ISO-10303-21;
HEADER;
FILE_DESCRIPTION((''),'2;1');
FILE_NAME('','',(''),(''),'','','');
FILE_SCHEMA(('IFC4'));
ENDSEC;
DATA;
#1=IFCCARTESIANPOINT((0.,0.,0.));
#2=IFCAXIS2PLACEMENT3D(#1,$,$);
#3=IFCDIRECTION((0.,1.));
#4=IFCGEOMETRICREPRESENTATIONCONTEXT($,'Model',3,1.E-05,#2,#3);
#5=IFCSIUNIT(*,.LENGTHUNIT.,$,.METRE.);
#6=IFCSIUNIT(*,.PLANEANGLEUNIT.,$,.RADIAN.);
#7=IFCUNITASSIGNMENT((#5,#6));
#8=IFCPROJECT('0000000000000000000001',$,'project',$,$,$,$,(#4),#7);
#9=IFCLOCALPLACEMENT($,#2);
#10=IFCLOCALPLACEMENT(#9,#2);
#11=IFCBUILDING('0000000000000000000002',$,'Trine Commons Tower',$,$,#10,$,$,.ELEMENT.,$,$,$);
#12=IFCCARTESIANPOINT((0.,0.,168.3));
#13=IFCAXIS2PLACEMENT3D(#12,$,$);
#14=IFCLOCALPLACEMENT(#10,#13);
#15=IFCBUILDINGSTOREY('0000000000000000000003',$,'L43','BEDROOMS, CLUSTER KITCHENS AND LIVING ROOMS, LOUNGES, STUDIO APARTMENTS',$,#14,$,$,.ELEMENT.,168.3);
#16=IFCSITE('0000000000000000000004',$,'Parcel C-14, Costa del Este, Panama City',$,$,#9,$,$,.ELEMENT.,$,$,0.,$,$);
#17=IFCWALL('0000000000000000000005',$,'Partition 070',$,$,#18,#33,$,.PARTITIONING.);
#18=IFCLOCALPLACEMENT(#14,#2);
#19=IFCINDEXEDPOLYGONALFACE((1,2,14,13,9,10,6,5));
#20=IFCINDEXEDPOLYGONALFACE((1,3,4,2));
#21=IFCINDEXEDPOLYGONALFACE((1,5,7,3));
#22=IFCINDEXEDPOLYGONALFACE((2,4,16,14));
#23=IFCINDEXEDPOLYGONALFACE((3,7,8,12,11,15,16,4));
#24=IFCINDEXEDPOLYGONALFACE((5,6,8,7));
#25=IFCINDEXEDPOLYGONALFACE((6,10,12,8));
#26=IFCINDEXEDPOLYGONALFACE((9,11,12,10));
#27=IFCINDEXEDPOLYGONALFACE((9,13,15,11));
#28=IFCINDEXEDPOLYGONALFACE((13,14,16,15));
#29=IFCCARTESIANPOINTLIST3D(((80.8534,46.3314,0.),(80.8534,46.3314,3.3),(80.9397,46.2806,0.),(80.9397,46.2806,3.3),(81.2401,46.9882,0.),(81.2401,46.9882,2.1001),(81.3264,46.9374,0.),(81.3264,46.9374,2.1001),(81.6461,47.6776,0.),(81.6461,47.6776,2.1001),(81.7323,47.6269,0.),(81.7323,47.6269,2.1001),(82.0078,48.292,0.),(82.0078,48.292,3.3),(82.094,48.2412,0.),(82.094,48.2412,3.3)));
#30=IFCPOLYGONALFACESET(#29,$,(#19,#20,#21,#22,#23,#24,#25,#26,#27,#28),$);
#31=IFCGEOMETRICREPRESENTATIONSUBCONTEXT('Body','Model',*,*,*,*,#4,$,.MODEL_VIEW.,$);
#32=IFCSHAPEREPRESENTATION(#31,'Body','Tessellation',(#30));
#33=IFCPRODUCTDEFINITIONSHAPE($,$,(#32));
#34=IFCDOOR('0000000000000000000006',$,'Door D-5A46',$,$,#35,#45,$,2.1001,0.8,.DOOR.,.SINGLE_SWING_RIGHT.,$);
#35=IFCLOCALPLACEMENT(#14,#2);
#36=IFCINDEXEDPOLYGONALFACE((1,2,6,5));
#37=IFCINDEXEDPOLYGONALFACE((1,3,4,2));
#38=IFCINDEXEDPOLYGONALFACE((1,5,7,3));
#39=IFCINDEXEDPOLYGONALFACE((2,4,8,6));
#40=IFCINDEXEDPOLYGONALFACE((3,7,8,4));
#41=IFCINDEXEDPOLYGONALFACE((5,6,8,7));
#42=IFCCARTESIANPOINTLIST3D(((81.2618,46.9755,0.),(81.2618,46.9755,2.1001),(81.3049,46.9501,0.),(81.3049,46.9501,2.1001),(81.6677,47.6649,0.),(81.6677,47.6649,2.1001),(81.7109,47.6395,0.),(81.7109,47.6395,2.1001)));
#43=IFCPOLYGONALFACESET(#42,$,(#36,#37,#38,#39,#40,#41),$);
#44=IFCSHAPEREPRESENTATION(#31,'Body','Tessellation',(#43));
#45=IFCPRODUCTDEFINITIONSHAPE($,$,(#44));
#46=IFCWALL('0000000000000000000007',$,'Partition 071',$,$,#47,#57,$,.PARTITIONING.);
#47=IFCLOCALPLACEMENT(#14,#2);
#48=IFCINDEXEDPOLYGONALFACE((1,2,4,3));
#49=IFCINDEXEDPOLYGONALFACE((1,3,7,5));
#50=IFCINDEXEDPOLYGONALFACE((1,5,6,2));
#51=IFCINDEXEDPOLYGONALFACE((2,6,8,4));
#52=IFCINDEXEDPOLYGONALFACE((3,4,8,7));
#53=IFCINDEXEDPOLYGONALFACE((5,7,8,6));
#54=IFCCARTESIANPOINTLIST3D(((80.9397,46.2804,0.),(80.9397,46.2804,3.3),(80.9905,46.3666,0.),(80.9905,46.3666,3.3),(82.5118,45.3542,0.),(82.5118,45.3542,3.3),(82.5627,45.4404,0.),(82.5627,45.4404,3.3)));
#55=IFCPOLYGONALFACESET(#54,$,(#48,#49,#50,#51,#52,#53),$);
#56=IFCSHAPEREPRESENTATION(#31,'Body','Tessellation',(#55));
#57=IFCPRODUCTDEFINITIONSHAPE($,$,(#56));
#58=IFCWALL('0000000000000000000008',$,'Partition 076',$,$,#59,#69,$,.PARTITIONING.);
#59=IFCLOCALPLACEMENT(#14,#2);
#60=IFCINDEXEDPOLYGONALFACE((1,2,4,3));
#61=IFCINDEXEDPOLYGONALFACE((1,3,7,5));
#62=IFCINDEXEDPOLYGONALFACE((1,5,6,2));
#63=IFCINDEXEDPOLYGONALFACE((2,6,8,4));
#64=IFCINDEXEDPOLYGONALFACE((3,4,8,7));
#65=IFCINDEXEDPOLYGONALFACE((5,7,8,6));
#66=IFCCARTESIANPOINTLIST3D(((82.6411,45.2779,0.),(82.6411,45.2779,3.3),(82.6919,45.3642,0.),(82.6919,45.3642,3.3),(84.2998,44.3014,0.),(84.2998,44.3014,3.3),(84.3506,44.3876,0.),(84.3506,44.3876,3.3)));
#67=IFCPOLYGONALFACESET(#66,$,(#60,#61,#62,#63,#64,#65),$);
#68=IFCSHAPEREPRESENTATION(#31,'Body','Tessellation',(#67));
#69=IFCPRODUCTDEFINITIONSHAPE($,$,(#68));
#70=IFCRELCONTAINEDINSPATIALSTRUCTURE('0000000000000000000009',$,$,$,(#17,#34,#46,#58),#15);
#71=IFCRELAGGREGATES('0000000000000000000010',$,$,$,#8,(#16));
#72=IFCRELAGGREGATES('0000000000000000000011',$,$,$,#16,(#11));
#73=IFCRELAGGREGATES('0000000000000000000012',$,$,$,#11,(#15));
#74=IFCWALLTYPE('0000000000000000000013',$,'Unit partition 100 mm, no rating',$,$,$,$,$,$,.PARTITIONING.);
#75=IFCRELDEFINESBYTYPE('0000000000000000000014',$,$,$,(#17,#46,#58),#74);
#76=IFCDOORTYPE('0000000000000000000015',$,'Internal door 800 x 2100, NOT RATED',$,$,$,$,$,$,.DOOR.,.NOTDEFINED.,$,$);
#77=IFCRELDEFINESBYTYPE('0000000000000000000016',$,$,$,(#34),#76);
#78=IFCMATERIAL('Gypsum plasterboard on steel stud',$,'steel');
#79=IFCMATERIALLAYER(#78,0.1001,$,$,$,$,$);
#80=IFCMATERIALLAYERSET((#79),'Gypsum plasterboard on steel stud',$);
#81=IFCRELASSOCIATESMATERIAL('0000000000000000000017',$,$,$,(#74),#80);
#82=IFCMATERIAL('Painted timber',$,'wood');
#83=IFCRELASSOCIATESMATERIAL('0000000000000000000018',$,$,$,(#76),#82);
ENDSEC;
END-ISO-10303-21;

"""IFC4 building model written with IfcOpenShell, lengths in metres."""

from ifc_helpers import new_model, si_unit, direction, frame, frame_2d, origin, place, context, subcontext, project, spatial, rectangle, extrude, material, layer, layer_set, type_object, element, fill, save


model = new_model("IFC4")

# Units and contexts
model_context = context("Model", 3, precision=1e-05, world=origin(), true_north=direction((0.0, 1.0)))
body_context = subcontext(model_context, "Body", "Model", "MODEL_VIEW")
ifc_project = project(units=[si_unit("LENGTHUNIT", "METRE"), si_unit("PLANEANGLEUNIT", "RADIAN")], contexts=[model_context])

# Site, building, storey
site_placement = place(None, origin())
site = spatial("IfcSite", under=ifc_project, at=site_placement, Name="Parcel C-14, Costa del Este, Panama City", CompositionType="ELEMENT", RefElevation=0.0)
building_placement = place(site_placement, origin())
building = spatial("IfcBuilding", under=site, at=building_placement, Name="Trine Commons Tower", CompositionType="ELEMENT")
storey_placement = place(building_placement, frame((0.0, 0.0, 168.3)))
storey = spatial("IfcBuildingStorey", under=building, at=storey_placement, Name="L43", Description="BEDROOMS, CLUSTER KITCHENS AND LIVING ROOMS, LOUNGES, STUDIO APARTMENTS", CompositionType="ELEMENT", Elevation=168.3)

# Shared definitions
ifc_material_1 = material(Name="Gypsum plasterboard on steel stud", Category="steel")

# Wall, opening, door
ifc_layer_1 = layer(ifc_material_1, 0.1001)
ifc_layer_set_1 = layer_set([ifc_layer_1], Name="Gypsum plasterboard on steel stud")
wall_type_1 = type_object("IfcWallType", Name="Unit partition 100 mm, no rating", PredefinedType="PARTITIONING", material=ifc_layer_set_1)
wall_1_placement = place(storey_placement, frame((80.8965, 46.3059, 0.0), z_axis=(0.0, 0.0, 1.0), x_axis=(0.507377, 0.861724, 0.0)))
wall_1 = element("IfcWall", 1, at=wall_1_placement, inside=storey, type_object=wall_type_1, Name="Partition 070", PredefinedType="PARTITIONING", context=body_context, shape_type="SweptSolid", body=[
    extrude(rectangle(XDim=2.2751, YDim=0.1001, at=frame_2d((1.1377, 0.0))), origin(), (0.0, 0.0, 1.0), 3.3),
])
opening_1_placement = place(wall_1_placement, frame((0.7625, 0.0, 0.0)))
opening_1 = element("IfcOpeningElement", 2, at=opening_1_placement, cuts=wall_1, PredefinedType="OPENING", context=body_context, shape_type="SweptSolid", body=[
    extrude(rectangle(XDim=0.8, YDim=2.1001, at=frame_2d((0.3999, 1.05))), frame((0.0, 0.0601, 0.0), z_axis=(0.0, -1.0, 0.0), x_axis=(1.0, 0.0, 0.0)), (0.0, 0.0, 1.0), 0.1201),
])
ifc_material_2 = material(Name="Painted timber", Category="wood")
door_type_1 = type_object("IfcDoorType", Name="Internal door 800 x 2100, NOT RATED", OperationType="NOTDEFINED", PredefinedType="DOOR", material=ifc_material_2)
door_1_placement = place(opening_1_placement, origin())
door_1 = element("IfcDoor", 3, at=door_1_placement, inside=storey, type_object=door_type_1, Name="Door D-5A46", OperationType="SINGLE_SWING_RIGHT", OverallHeight=2.1001, OverallWidth=0.8, PredefinedType="DOOR", context=body_context, shape_type="SweptSolid", body=[
    extrude(rectangle(XDim=0.8, YDim=2.1001, at=frame_2d((0.3999, 1.05))), frame((0.0, 0.0249, 0.0), z_axis=(0.0, -1.0, 0.0), x_axis=(1.0, 0.0, 0.0)), (0.0, 0.0, 1.0), 0.05),
])
fill(opening_1, door_1)

# Walls
wall_2_placement = place(storey_placement, frame((80.9651, 46.3235, 0.0), z_axis=(0.0, 0.0, 1.0), x_axis=(0.861597, -0.507593, 0.0)))
element("IfcWall", 4, at=wall_2_placement, inside=storey, type_object=wall_type_1, Name="Partition 071", PredefinedType="PARTITIONING", context=body_context, shape_type="SweptSolid", body=[
    extrude(rectangle(XDim=1.8247, YDim=0.1001, at=frame_2d((0.9124, 0.0))), origin(), (0.0, 0.0, 1.0), 3.3),
])
wall_3_placement = place(storey_placement, frame((82.6665, 45.321, 0.0), z_axis=(0.0, 0.0, 1.0), x_axis=(0.861739, -0.507353, 0.0)))
element("IfcWall", 5, at=wall_3_placement, inside=storey, type_object=wall_type_1, Name="Partition 076", PredefinedType="PARTITIONING", context=body_context, shape_type="SweptSolid", body=[
    extrude(rectangle(XDim=1.9248, YDim=0.1001, at=frame_2d((0.9624, 0.0))), origin(), (0.0, 0.0, 1.0), 3.3),
])

save(model, "model.ifc")
